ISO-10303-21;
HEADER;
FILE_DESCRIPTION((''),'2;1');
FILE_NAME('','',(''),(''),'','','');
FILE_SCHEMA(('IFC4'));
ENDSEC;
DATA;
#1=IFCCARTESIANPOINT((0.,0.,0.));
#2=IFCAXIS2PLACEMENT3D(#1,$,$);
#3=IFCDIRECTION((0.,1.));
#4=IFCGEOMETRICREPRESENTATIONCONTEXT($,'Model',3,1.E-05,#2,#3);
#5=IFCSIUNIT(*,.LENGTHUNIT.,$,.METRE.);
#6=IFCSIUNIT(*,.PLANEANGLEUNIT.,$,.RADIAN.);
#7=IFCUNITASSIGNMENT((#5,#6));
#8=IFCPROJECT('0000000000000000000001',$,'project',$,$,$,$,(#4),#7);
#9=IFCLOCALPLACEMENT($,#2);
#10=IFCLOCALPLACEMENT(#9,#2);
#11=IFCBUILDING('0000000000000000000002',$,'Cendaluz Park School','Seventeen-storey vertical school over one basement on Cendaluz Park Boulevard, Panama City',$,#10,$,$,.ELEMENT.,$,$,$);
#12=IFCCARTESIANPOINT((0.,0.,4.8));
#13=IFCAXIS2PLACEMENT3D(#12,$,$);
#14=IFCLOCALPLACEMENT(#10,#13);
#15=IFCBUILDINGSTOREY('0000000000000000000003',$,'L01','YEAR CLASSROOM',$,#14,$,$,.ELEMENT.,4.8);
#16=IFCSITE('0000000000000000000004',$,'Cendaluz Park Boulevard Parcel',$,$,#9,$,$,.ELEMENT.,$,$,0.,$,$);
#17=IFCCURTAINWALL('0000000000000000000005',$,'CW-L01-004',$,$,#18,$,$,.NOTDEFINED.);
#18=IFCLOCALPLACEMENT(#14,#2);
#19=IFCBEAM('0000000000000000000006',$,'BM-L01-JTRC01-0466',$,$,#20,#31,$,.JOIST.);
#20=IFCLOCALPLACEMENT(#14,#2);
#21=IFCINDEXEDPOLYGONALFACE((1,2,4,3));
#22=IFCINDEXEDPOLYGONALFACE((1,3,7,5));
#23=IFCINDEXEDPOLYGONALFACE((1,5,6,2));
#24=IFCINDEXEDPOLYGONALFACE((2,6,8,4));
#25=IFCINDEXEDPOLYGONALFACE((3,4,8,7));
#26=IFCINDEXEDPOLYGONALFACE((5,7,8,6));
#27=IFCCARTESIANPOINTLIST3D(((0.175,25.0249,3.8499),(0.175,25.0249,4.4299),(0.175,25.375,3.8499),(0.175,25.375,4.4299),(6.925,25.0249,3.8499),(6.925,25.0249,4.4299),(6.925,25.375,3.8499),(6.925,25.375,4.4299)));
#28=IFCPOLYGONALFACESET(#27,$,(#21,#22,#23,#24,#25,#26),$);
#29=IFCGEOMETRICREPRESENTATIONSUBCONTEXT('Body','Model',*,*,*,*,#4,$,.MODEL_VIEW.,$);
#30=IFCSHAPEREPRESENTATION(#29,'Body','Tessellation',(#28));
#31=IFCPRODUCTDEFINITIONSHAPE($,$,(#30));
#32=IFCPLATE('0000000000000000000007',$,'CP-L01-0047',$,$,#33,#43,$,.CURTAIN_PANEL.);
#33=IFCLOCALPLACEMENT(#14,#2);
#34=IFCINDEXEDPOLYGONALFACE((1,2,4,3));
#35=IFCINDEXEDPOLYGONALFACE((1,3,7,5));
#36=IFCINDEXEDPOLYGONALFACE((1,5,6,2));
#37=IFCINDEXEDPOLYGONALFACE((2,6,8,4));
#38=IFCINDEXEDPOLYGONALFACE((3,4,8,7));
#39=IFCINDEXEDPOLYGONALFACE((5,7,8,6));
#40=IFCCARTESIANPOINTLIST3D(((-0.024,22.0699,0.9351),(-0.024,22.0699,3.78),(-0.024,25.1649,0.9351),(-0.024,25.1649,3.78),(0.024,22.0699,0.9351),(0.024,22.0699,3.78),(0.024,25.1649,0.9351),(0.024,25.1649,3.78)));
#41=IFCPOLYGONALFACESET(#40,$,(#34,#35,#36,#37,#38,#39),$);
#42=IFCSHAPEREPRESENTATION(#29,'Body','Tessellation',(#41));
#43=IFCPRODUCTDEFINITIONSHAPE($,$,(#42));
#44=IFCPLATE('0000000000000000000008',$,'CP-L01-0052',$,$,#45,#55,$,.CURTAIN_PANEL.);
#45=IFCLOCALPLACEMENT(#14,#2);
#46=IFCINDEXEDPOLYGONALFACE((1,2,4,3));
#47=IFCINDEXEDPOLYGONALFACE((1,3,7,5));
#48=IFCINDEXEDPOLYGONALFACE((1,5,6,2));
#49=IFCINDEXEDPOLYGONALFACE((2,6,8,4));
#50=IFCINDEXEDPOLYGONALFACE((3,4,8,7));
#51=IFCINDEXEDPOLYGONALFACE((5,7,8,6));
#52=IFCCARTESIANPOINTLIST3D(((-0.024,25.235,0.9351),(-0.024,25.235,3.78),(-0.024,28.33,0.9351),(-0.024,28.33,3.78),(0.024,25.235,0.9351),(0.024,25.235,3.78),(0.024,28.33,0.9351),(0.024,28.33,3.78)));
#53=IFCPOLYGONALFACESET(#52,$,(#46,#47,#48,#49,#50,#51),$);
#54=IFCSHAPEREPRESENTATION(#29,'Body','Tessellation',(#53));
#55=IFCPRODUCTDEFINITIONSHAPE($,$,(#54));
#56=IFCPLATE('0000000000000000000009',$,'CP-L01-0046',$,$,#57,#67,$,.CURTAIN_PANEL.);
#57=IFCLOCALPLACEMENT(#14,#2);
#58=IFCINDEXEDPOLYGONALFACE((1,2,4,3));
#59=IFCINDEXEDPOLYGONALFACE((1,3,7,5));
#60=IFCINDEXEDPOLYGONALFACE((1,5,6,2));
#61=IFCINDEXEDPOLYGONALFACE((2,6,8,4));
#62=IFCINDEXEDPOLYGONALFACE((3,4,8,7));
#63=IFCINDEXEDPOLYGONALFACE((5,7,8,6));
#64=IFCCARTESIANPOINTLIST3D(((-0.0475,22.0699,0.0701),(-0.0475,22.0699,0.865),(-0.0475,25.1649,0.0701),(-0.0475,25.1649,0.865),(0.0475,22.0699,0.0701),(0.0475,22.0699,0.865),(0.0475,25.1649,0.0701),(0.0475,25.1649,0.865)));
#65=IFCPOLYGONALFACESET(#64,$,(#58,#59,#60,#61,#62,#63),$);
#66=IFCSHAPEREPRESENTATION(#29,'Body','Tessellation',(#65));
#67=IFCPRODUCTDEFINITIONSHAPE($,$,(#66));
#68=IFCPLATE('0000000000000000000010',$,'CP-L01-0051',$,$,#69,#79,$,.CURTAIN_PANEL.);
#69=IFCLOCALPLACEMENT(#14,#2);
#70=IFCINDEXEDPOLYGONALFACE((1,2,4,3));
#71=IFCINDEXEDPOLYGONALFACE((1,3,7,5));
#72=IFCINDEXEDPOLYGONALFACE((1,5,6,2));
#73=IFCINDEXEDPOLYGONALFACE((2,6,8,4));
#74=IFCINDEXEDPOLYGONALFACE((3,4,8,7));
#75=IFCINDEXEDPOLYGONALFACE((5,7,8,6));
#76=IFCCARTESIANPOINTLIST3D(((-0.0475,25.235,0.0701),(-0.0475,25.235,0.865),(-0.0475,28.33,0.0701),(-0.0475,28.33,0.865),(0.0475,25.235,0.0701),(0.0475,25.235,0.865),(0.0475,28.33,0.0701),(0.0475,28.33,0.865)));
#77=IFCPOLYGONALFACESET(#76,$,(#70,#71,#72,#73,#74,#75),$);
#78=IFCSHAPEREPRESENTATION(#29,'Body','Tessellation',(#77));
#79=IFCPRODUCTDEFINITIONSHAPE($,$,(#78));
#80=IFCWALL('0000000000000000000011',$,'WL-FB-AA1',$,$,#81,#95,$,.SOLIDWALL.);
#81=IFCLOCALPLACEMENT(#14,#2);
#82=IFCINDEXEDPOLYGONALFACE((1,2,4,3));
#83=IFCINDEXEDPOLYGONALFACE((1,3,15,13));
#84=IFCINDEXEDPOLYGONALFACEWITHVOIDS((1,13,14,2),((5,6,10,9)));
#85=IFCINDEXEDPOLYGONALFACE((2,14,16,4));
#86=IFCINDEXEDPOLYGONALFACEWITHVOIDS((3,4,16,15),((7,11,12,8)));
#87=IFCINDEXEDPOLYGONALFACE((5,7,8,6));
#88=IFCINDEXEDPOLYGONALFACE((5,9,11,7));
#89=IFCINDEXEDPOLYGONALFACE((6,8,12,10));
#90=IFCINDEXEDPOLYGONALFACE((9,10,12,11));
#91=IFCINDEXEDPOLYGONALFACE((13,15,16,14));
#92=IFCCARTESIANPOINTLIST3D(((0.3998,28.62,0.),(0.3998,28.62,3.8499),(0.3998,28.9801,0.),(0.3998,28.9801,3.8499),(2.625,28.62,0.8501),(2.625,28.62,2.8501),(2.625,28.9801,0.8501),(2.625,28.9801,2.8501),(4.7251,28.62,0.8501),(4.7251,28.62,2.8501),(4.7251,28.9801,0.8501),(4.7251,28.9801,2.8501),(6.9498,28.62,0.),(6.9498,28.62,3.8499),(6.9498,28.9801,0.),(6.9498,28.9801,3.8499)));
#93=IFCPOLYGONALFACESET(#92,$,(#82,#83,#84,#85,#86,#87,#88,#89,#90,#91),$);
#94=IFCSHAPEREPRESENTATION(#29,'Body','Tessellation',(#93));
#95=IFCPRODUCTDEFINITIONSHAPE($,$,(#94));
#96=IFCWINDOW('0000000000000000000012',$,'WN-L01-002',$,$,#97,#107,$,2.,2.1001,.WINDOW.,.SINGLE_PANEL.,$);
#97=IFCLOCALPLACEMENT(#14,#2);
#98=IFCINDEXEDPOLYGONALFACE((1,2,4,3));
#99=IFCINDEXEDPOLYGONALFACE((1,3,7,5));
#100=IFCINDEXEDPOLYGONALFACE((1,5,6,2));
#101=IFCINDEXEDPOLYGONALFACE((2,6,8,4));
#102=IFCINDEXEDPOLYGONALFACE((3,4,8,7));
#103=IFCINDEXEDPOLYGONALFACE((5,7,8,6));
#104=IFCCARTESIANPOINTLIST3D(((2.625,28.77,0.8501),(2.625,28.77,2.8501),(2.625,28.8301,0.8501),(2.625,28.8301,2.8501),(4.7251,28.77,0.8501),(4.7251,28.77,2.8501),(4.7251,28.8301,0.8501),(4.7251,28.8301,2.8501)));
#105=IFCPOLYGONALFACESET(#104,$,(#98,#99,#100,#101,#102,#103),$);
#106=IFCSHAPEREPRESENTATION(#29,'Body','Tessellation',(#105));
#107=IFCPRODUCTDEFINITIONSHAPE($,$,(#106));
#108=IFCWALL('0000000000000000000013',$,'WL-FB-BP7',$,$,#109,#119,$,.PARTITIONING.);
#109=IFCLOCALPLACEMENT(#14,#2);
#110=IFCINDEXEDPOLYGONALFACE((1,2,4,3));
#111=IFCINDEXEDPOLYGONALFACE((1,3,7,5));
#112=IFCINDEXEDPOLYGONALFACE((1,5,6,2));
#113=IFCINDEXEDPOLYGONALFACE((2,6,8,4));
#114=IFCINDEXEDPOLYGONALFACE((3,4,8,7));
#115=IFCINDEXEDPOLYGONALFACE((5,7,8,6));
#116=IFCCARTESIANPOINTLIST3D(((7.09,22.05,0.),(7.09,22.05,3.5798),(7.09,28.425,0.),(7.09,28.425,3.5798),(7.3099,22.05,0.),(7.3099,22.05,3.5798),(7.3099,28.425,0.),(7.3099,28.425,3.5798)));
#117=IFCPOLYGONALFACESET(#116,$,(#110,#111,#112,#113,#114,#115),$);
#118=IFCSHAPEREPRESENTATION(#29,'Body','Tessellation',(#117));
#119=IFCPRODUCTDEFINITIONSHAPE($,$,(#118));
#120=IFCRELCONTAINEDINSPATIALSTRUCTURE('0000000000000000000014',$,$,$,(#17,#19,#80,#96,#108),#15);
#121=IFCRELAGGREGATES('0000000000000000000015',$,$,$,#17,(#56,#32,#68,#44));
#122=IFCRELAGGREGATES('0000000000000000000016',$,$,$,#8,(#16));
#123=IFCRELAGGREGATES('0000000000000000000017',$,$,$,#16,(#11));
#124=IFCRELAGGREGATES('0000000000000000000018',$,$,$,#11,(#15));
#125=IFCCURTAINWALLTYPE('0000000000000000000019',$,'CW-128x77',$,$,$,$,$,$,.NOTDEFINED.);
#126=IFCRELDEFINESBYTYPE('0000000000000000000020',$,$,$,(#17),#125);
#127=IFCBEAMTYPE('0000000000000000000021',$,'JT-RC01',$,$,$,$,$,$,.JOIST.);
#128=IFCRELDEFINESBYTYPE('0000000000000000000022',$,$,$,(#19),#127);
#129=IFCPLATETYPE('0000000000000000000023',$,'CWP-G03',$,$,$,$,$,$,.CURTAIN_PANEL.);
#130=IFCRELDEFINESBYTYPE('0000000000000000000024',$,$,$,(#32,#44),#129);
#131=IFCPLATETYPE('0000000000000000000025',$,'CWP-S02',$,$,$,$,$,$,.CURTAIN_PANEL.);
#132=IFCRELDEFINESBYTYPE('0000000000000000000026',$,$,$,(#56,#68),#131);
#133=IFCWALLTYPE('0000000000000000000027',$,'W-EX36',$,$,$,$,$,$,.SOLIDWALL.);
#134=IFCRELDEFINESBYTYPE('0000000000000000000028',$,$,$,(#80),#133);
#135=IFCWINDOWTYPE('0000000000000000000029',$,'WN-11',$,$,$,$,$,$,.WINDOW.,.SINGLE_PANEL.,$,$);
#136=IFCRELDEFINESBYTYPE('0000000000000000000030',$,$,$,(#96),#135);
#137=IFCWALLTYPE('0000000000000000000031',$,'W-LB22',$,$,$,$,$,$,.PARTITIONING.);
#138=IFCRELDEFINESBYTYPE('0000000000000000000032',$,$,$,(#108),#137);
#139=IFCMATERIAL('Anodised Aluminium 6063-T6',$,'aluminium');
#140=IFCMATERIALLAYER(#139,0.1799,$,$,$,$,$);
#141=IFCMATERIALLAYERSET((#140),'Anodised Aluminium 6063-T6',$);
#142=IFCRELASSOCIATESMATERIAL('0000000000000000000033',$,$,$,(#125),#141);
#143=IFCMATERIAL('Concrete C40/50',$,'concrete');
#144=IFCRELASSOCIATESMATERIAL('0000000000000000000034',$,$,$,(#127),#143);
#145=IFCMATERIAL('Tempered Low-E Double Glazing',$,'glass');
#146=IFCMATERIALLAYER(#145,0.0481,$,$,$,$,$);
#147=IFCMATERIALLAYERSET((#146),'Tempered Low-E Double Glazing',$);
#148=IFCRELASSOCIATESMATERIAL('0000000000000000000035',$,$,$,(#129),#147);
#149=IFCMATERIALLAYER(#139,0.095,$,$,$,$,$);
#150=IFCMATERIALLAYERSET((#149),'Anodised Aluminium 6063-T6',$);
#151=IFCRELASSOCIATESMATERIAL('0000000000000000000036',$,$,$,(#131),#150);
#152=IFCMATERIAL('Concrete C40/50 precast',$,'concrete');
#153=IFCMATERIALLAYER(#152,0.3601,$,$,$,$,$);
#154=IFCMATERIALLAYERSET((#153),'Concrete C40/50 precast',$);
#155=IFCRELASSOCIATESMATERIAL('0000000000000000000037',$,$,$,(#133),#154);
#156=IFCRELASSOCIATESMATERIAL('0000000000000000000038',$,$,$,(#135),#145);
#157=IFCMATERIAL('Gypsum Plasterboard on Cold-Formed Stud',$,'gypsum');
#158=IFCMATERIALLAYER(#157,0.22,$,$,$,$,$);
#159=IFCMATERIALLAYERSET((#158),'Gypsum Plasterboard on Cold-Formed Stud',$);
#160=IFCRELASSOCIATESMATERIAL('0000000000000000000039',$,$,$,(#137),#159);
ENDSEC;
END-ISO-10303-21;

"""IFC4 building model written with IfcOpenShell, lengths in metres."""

from ifc_helpers import new_model, si_unit, direction, frame, frame_2d, origin, origin_2d, place, context, subcontext, project, spatial, rectangle, extrude, material, layer, layer_set, material_profile, profile_set, type_object, element, fill, aggregate, save


model = new_model("IFC4")

# Units and contexts
model_context = context("Model", 3, precision=1e-05, world=origin(), true_north=direction((0.0, 1.0)))
body_context = subcontext(model_context, "Body", "Model", "MODEL_VIEW")
ifc_project = project(units=[si_unit("LENGTHUNIT", "METRE"), si_unit("PLANEANGLEUNIT", "RADIAN")], contexts=[model_context])

# Site, building, storey
site_placement = place(None, origin())
site = spatial("IfcSite", under=ifc_project, at=site_placement, Name="Cendaluz Park Boulevard Parcel", CompositionType="ELEMENT", RefElevation=0.0)
building_placement = place(site_placement, origin())
building = spatial("IfcBuilding", under=site, at=building_placement, Name="Cendaluz Park School", Description="Seventeen-storey vertical school over one basement on Cendaluz Park Boulevard, Panama City", CompositionType="ELEMENT")
storey_placement = place(building_placement, frame((0.0, 0.0, 4.8)))
storey = spatial("IfcBuildingStorey", under=building, at=storey_placement, Name="L01", Description="YEAR CLASSROOM", CompositionType="ELEMENT", Elevation=4.8)

# Shared definitions
ifc_material_1 = material(Name="Concrete C40/50", Category="concrete")

# Curtain wall
ifc_material_2 = material(Name="Anodised Aluminium 6063-T6", Category="aluminium")
ifc_layer_1 = layer(ifc_material_2, 0.1799)
ifc_layer_set_1 = layer_set([ifc_layer_1], Name="Anodised Aluminium 6063-T6")
curtain_wall_type = type_object("IfcCurtainWallType", Name="CW-128x77", PredefinedType="NOTDEFINED", material=ifc_layer_set_1)
curtain_wall_placement = place(storey_placement, origin())
curtain_wall = element("IfcCurtainWall", 1, at=curtain_wall_placement, inside=storey, type_object=curtain_wall_type, Name="CW-L01-004", PredefinedType="NOTDEFINED")

# Beam
ifc_material_profile_1 = material_profile(ifc_material_1, rectangle(XDim=0.3501, YDim=0.5801, at=origin_2d()), Name="RC 350x580", Category="concrete")
ifc_profile_set_1 = profile_set([ifc_material_profile_1], Name="Concrete C40/50")
beam_type_1 = type_object("IfcBeamType", Name="JT-RC01", PredefinedType="JOIST", material=ifc_profile_set_1)
beam_1_placement = place(storey_placement, frame((0.175, 25.2, 4.1399), z_axis=(1.0, 0.0, 0.0), x_axis=(0.0, 1.0, 0.0)))
element("IfcBeam", 2, at=beam_1_placement, inside=storey, type_object=beam_type_1, Name="BM-L01-JTRC01-0466", PredefinedType="JOIST", context=body_context, shape_type="SweptSolid", body=[
    extrude(rectangle(XDim=0.3501, YDim=0.5801, at=origin_2d()), origin(), (0.0, 0.0, 1.0), 6.75),
])

# Plates
ifc_material_3 = material(Name="Tempered Low-E Double Glazing", Category="glass")
ifc_layer_2 = layer(ifc_material_3, 0.0481)
ifc_layer_set_2 = layer_set([ifc_layer_2], Name="Tempered Low-E Double Glazing")
plate_type_1 = type_object("IfcPlateType", Name="CWP-G03", PredefinedType="CURTAIN_PANEL", material=ifc_layer_set_2)
plate_1_placement = place(storey_placement, frame((0.0, 23.6174, 0.9351), z_axis=(0.0, 0.0, 1.0), x_axis=(0.0, 1.0, 0.0)))
plate_1 = element("IfcPlate", 3, at=plate_1_placement, type_object=plate_type_1, Name="CP-L01-0047", PredefinedType="CURTAIN_PANEL", context=body_context, shape_type="SweptSolid", body=[
    extrude(rectangle(XDim=3.095, YDim=0.0481, at=origin_2d()), origin(), (0.0, 0.0, 1.0), 2.845),
])
plate_2_placement = place(storey_placement, frame((0.0, 26.7825, 0.9351), z_axis=(0.0, 0.0, 1.0), x_axis=(0.0, 1.0, 0.0)))
plate_2 = element("IfcPlate", 4, at=plate_2_placement, type_object=plate_type_1, Name="CP-L01-0052", PredefinedType="CURTAIN_PANEL", context=body_context, shape_type="SweptSolid", body=[
    extrude(rectangle(XDim=3.095, YDim=0.0481, at=origin_2d()), origin(), (0.0, 0.0, 1.0), 2.845),
])
ifc_layer_3 = layer(ifc_material_2, 0.095)
ifc_layer_set_3 = layer_set([ifc_layer_3], Name="Anodised Aluminium 6063-T6")
plate_type_2 = type_object("IfcPlateType", Name="CWP-S02", PredefinedType="CURTAIN_PANEL", material=ifc_layer_set_3)
plate_3_placement = place(storey_placement, frame((0.0, 23.6174, 0.0701), z_axis=(0.0, 0.0, 1.0), x_axis=(0.0, 1.0, 0.0)))
plate_3 = element("IfcPlate", 5, at=plate_3_placement, type_object=plate_type_2, Name="CP-L01-0046", PredefinedType="CURTAIN_PANEL", context=body_context, shape_type="SweptSolid", body=[
    extrude(rectangle(XDim=3.095, YDim=0.095, at=origin_2d()), origin(), (0.0, 0.0, 1.0), 0.7949),
])
plate_4_placement = place(storey_placement, frame((0.0, 26.7825, 0.0701), z_axis=(0.0, 0.0, 1.0), x_axis=(0.0, 1.0, 0.0)))
plate_4 = element("IfcPlate", 6, at=plate_4_placement, type_object=plate_type_2, Name="CP-L01-0051", PredefinedType="CURTAIN_PANEL", context=body_context, shape_type="SweptSolid", body=[
    extrude(rectangle(XDim=3.095, YDim=0.095, at=origin_2d()), origin(), (0.0, 0.0, 1.0), 0.7949),
])
aggregate(curtain_wall, [plate_3, plate_1, plate_4, plate_2])

# Wall, opening, window
ifc_material_4 = material(Name="Concrete C40/50 precast", Category="concrete")
ifc_layer_4 = layer(ifc_material_4, 0.3601)
ifc_layer_set_4 = layer_set([ifc_layer_4], Name="Concrete C40/50 precast")
wall_type_1 = type_object("IfcWallType", Name="W-EX36", PredefinedType="SOLIDWALL", material=ifc_layer_set_4)
wall_1_placement = place(storey_placement, frame((0.3999, 28.8, 0.0), z_axis=(0.0, 0.0, 1.0), x_axis=(1.0, 0.0, 0.0)))
wall_1 = element("IfcWall", 7, at=wall_1_placement, inside=storey, type_object=wall_type_1, Name="WL-FB-AA1", PredefinedType="SOLIDWALL", context=body_context, shape_type="SweptSolid", body=[
    extrude(rectangle(XDim=6.55, YDim=0.3601, at=frame_2d((3.2749, 0.0))), origin(), (0.0, 0.0, 1.0), 3.8499),
])
opening_placement = place(wall_1_placement, frame((2.2251, 0.0, 0.8501)))
opening = element("IfcOpeningElement", 8, at=opening_placement, cuts=wall_1, PredefinedType="OPENING", context=body_context, shape_type="SweptSolid", body=[
    extrude(rectangle(XDim=2.1001, YDim=2.0, at=frame_2d((1.05, 1.0))), frame((0.0, 0.1921, 0.0), z_axis=(0.0, -1.0, 0.0), x_axis=(1.0, 0.0, 0.0)), (0.0, 0.0, 1.0), 0.384),
])
window_type = type_object("IfcWindowType", Name="WN-11", PartitioningType="SINGLE_PANEL", PredefinedType="WINDOW", material=ifc_material_3)
window_placement = place(opening_placement, origin())
window = element("IfcWindow", 9, at=window_placement, inside=storey, type_object=window_type, Name="WN-L01-002", OverallHeight=2.0, OverallWidth=2.1001, PartitioningType="SINGLE_PANEL", PredefinedType="WINDOW", context=body_context, shape_type="SweptSolid", body=[
    extrude(rectangle(XDim=2.1001, YDim=2.0, at=frame_2d((1.05, 1.0))), frame((0.0, 0.03, 0.0), z_axis=(0.0, -1.0, 0.0), x_axis=(1.0, 0.0, 0.0)), (0.0, 0.0, 1.0), 0.0601),
])
fill(opening, window)

# Wall
ifc_material_5 = material(Name="Gypsum Plasterboard on Cold-Formed Stud", Category="gypsum")
ifc_layer_5 = layer(ifc_material_5, 0.22)
ifc_layer_set_5 = layer_set([ifc_layer_5], Name="Gypsum Plasterboard on Cold-Formed Stud")
wall_type_2 = type_object("IfcWallType", Name="W-LB22", PredefinedType="PARTITIONING", material=ifc_layer_set_5)
wall_2_placement = place(storey_placement, frame((7.2, 22.05, 0.0), z_axis=(0.0, 0.0, 1.0), x_axis=(0.0, 1.0, 0.0)))
element("IfcWall", 10, at=wall_2_placement, inside=storey, type_object=wall_type_2, Name="WL-FB-BP7", PredefinedType="PARTITIONING", context=body_context, shape_type="SweptSolid", body=[
    extrude(rectangle(XDim=6.375, YDim=0.22, at=frame_2d((3.1875, 0.0))), origin(), (0.0, 0.0, 1.0), 3.5798),
])

save(model, "model.ifc")
